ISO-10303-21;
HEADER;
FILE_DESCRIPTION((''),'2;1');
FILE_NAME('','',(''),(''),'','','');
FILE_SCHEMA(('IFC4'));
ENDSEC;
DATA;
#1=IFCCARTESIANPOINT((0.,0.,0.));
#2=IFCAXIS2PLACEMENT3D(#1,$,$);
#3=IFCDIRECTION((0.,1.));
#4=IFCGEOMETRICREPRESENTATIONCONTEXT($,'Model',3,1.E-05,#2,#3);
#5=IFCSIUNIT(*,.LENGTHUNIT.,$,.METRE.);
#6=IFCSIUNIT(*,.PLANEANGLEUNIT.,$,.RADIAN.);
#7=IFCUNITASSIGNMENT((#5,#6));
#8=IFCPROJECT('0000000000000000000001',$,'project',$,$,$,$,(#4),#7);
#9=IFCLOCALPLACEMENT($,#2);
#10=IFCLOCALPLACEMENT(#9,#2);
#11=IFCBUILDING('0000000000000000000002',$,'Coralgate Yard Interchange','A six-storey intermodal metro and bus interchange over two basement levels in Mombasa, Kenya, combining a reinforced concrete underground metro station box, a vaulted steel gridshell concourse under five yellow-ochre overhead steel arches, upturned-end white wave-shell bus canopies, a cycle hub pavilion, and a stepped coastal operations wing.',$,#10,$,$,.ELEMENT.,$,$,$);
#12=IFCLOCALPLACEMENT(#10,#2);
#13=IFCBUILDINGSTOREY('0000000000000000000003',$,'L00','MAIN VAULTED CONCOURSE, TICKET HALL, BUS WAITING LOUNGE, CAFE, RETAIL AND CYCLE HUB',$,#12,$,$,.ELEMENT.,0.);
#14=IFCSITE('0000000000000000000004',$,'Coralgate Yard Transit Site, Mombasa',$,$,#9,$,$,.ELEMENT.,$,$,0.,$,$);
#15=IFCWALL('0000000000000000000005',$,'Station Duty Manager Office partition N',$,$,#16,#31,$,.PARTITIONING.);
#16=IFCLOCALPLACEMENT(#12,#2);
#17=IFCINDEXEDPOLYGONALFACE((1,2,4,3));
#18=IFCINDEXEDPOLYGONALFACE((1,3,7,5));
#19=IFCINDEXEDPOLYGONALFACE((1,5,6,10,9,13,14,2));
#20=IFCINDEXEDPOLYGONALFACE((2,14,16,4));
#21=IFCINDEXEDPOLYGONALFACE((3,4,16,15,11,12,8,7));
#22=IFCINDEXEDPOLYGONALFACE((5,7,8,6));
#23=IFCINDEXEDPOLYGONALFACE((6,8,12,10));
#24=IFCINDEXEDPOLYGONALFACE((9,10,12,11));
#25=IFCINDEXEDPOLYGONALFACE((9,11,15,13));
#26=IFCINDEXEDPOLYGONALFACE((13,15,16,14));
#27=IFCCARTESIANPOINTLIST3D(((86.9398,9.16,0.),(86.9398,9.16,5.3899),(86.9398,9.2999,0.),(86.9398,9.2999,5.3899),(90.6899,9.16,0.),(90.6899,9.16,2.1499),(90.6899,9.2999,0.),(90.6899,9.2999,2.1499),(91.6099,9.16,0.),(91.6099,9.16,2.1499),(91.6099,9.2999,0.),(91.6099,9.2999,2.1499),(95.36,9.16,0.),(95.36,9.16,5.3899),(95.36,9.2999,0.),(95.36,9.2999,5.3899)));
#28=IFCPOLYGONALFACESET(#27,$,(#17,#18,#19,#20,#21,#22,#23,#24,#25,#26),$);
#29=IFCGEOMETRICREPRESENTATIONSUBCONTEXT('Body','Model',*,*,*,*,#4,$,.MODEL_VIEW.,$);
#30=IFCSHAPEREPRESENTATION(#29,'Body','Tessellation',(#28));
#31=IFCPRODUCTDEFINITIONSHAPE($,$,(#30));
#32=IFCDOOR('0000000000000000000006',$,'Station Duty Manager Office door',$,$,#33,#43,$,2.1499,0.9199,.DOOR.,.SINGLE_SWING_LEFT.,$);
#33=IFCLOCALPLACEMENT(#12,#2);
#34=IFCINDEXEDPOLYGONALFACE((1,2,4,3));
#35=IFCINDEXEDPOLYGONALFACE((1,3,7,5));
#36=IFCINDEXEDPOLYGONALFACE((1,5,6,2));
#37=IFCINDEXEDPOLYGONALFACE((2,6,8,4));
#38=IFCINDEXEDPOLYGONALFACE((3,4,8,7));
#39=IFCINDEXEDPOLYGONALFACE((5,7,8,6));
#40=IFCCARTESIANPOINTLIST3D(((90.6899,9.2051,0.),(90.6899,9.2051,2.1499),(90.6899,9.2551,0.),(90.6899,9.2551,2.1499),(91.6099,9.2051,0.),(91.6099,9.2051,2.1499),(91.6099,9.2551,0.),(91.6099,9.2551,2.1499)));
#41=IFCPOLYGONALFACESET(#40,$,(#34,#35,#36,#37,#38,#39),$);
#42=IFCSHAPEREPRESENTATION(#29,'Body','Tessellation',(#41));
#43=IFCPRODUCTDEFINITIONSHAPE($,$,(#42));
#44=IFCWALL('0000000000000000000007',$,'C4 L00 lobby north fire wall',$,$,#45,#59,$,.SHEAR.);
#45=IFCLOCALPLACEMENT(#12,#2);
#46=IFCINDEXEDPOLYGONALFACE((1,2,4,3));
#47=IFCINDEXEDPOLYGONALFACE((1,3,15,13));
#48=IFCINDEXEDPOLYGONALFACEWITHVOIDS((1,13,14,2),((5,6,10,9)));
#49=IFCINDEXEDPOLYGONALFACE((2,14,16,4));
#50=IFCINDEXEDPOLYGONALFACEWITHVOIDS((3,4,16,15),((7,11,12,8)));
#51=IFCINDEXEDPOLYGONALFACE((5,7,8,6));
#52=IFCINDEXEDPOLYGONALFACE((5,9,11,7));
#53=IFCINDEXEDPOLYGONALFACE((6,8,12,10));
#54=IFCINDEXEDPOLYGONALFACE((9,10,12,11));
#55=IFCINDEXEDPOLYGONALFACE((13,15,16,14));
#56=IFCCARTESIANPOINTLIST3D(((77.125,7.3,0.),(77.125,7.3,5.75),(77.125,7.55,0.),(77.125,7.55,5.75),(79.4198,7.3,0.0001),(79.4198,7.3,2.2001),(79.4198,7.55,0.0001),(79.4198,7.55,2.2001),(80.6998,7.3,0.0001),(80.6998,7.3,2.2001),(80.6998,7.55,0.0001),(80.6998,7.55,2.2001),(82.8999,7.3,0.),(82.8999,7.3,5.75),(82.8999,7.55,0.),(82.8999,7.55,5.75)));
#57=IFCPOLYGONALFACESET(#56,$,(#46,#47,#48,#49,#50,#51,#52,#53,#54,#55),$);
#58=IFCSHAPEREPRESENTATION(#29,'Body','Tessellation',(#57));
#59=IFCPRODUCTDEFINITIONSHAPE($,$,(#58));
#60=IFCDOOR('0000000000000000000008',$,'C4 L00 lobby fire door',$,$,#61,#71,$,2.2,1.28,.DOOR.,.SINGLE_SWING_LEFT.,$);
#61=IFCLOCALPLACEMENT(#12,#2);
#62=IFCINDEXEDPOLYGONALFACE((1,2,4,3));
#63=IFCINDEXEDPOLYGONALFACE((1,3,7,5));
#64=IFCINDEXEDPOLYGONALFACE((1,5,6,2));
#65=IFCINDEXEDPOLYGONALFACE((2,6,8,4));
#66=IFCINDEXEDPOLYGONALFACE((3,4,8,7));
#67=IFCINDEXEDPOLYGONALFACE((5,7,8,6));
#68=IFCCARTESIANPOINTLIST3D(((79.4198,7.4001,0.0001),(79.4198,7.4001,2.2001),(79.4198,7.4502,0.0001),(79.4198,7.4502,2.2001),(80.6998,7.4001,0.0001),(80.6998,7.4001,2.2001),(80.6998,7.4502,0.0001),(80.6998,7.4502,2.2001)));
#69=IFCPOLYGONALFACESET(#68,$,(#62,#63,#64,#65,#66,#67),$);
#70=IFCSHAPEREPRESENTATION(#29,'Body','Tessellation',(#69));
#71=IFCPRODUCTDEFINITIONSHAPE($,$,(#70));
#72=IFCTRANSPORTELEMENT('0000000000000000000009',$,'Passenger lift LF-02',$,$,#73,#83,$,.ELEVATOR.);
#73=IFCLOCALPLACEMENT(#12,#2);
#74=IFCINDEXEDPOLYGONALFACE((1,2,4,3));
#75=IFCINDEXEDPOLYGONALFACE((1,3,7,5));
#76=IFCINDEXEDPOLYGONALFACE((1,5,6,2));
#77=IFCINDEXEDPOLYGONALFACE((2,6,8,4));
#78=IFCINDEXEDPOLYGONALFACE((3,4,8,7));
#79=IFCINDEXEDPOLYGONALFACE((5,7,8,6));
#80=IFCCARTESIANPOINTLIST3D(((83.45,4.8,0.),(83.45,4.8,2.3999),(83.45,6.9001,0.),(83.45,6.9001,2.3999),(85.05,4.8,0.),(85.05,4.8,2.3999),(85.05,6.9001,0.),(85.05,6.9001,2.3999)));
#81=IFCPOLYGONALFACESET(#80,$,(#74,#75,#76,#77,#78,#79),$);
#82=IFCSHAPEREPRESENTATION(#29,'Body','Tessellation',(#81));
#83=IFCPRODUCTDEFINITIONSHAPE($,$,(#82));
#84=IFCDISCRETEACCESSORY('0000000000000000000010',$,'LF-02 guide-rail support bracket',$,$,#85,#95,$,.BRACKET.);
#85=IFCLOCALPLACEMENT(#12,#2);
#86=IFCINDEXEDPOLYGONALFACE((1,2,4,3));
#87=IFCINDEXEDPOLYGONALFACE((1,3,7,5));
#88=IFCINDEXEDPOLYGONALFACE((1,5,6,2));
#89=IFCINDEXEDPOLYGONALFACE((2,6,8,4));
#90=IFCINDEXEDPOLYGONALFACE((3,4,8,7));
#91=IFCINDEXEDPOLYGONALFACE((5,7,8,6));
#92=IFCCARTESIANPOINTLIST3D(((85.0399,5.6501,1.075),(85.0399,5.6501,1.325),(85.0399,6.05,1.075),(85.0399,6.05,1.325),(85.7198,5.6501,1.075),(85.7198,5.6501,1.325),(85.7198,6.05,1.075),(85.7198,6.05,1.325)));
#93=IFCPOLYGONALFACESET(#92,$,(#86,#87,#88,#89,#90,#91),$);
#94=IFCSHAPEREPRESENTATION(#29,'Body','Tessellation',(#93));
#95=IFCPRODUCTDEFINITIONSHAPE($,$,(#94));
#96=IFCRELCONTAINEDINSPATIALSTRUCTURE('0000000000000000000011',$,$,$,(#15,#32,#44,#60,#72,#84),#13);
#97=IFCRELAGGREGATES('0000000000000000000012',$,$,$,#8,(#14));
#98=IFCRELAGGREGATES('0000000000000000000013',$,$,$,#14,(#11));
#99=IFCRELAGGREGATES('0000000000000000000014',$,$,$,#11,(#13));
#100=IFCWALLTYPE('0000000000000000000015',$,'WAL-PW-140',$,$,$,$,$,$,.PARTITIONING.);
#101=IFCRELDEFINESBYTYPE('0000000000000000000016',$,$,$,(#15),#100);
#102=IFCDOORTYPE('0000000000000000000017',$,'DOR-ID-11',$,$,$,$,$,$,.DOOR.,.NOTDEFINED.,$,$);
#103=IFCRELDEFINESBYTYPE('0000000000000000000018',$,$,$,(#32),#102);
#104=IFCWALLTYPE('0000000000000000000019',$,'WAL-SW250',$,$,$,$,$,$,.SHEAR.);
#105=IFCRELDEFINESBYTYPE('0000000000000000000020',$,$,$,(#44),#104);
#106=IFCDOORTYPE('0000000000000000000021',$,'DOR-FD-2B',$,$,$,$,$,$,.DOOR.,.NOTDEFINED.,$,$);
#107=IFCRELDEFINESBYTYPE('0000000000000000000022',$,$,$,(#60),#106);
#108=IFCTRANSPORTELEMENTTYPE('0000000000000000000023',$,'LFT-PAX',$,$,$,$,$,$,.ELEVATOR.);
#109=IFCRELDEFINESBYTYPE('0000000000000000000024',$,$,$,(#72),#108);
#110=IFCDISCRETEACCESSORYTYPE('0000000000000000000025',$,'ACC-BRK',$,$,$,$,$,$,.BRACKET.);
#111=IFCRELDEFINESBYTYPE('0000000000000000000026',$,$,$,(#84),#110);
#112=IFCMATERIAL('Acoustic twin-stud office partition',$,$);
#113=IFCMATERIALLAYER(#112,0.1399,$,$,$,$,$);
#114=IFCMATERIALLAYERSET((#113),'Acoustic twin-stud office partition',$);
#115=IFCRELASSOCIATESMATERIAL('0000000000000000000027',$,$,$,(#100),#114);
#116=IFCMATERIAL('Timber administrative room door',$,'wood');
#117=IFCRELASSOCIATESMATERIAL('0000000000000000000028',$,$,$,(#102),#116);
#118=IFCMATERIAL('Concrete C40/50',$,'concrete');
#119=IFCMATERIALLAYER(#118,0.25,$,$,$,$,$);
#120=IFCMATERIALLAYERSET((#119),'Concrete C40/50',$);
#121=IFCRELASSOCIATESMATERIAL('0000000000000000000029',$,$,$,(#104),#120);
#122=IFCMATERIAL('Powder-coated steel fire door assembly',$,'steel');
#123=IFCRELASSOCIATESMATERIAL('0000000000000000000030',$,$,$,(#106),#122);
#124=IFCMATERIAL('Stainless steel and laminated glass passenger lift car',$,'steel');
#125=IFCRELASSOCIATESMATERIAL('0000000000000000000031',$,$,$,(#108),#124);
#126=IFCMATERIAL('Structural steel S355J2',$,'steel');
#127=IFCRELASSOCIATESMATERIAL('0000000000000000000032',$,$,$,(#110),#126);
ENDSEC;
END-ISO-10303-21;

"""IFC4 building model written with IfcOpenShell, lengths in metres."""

from ifc_helpers import new_model, si_unit, direction, frame, frame_2d, origin, origin_2d, place, context, subcontext, project, spatial, rectangle, extrude, material, layer, layer_set, type_object, element, fill, save


model = new_model("IFC4")

# Units and contexts
model_context = context("Model", 3, precision=1e-05, world=origin(), true_north=direction((0.0, 1.0)))
body_context = subcontext(model_context, "Body", "Model", "MODEL_VIEW")
ifc_project = project(units=[si_unit("LENGTHUNIT", "METRE"), si_unit("PLANEANGLEUNIT", "RADIAN")], contexts=[model_context])

# Site, building, storey
site_placement = place(None, origin())
site = spatial("IfcSite", under=ifc_project, at=site_placement, Name="Coralgate Yard Transit Site, Mombasa", CompositionType="ELEMENT", RefElevation=0.0)
building_placement = place(site_placement, origin())
building = spatial("IfcBuilding", under=site, at=building_placement, Name="Coralgate Yard Interchange", Description="A six-storey intermodal metro and bus interchange over two basement levels in Mombasa, Kenya, combining a reinforced concrete underground metro station box, a vaulted steel gridshell concourse under five yellow-ochre overhead steel arches, upturned-end white wave-shell bus canopies, a cycle hub pavilion, and a stepped coastal operations wing.", CompositionType="ELEMENT")
storey_placement = place(building_placement, origin())
storey = spatial("IfcBuildingStorey", under=building, at=storey_placement, Name="L00", Description="MAIN VAULTED CONCOURSE, TICKET HALL, BUS WAITING LOUNGE, CAFE, RETAIL AND CYCLE HUB", CompositionType="ELEMENT", Elevation=0.0)

# Shared definitions
ifc_material_1 = material(Name="Concrete C40/50", Category="concrete")

# Shared definitions
ifc_material_2 = material(Name="Structural steel S355J2", Category="steel")

# Walls, openings, doors
ifc_material_3 = material(Name="Acoustic twin-stud office partition")
ifc_layer_1 = layer(ifc_material_3, 0.1399)
ifc_layer_set_1 = layer_set([ifc_layer_1], Name="Acoustic twin-stud office partition")
wall_type_1 = type_object("IfcWallType", Name="WAL-PW-140", PredefinedType="PARTITIONING", material=ifc_layer_set_1)
wall_1_placement = place(storey_placement, frame((86.9399, 9.23, 0.0), z_axis=(0.0, 0.0, 1.0), x_axis=(1.0, 0.0, 0.0)))
wall_1 = element("IfcWall", 1, at=wall_1_placement, inside=storey, type_object=wall_type_1, Name="Station Duty Manager Office partition N", PredefinedType="PARTITIONING", context=body_context, shape_type="SweptSolid", body=[
    extrude(rectangle(XDim=8.4202, YDim=0.1399, at=frame_2d((4.21, 0.0))), origin(), (0.0, 0.0, 1.0), 5.3899),
])
opening_1_placement = place(wall_1_placement, frame((3.75, 0.0, 0.0)))
opening_1 = element("IfcOpeningElement", 2, at=opening_1_placement, cuts=wall_1, PredefinedType="OPENING", context=body_context, shape_type="SweptSolid", body=[
    extrude(rectangle(XDim=0.9199, YDim=2.1499, at=frame_2d((0.46, 1.075))), frame((0.0, 0.0798, 0.0), z_axis=(0.0, -1.0, 0.0), x_axis=(1.0, 0.0, 0.0)), (0.0, 0.0, 1.0), 0.1599),
])
ifc_material_4 = material(Name="Timber administrative room door", Category="wood")
door_type_1 = type_object("IfcDoorType", Name="DOR-ID-11", OperationType="NOTDEFINED", PredefinedType="DOOR", material=ifc_material_4)
door_1_placement = place(opening_1_placement, frame((0.9199, 0.0, 0.0), z_axis=(0.0, 0.0, 1.0), x_axis=(-1.0, 0.0, 0.0)))
door_1 = element("IfcDoor", 3, at=door_1_placement, inside=storey, type_object=door_type_1, Name="Station Duty Manager Office door", OperationType="SINGLE_SWING_LEFT", OverallHeight=2.1499, OverallWidth=0.9199, PredefinedType="DOOR", context=body_context, shape_type="SweptSolid", body=[
    extrude(rectangle(XDim=0.9199, YDim=2.1499, at=frame_2d((0.46, 1.075))), frame((0.0, 0.0249, 0.0), z_axis=(0.0, -1.0, 0.0), x_axis=(1.0, 0.0, 0.0)), (0.0, 0.0, 1.0), 0.05),
])
fill(opening_1, door_1)
ifc_layer_2 = layer(ifc_material_1, 0.25)
ifc_layer_set_2 = layer_set([ifc_layer_2], Name="Concrete C40/50")
wall_type_2 = type_object("IfcWallType", Name="WAL-SW250", PredefinedType="SHEAR", material=ifc_layer_set_2)
wall_2_placement = place(storey_placement, frame((82.8999, 7.425, 0.0), z_axis=(0.0, 0.0, 1.0), x_axis=(-1.0, 0.0, 0.0)))
wall_2 = element("IfcWall", 4, at=wall_2_placement, inside=storey, type_object=wall_type_2, Name="C4 L00 lobby north fire wall", PredefinedType="SHEAR", context=body_context, shape_type="SweptSolid", body=[
    extrude(rectangle(XDim=5.7749, YDim=0.25, at=frame_2d((2.8875, 0.0))), origin(), (0.0, 0.0, 1.0), 5.75),
])
opening_2_placement = place(wall_2_placement, frame((2.2, 0.0, 0.0)))
opening_2 = element("IfcOpeningElement", 5, at=opening_2_placement, cuts=wall_2, PredefinedType="OPENING", context=body_context, shape_type="SweptSolid", body=[
    extrude(rectangle(XDim=1.28, YDim=2.2, at=frame_2d((0.6401, 1.1001))), frame((0.0, 0.135, 0.0), z_axis=(0.0, -1.0, 0.0), x_axis=(1.0, 0.0, 0.0)), (0.0, 0.0, 1.0), 0.27),
])
ifc_material_5 = material(Name="Powder-coated steel fire door assembly", Category="steel")
door_type_2 = type_object("IfcDoorType", Name="DOR-FD-2B", OperationType="NOTDEFINED", PredefinedType="DOOR", material=ifc_material_5)
door_2_placement = place(opening_2_placement, origin())
door_2 = element("IfcDoor", 6, at=door_2_placement, inside=storey, type_object=door_type_2, Name="C4 L00 lobby fire door", OperationType="SINGLE_SWING_LEFT", OverallHeight=2.2, OverallWidth=1.28, PredefinedType="DOOR", context=body_context, shape_type="SweptSolid", body=[
    extrude(rectangle(XDim=1.28, YDim=2.2, at=frame_2d((0.6401, 1.1001))), frame((0.0, 0.0249, 0.0), z_axis=(0.0, -1.0, 0.0), x_axis=(1.0, 0.0, 0.0)), (0.0, 0.0, 1.0), 0.05),
])
fill(opening_2, door_2)

# Transport element
ifc_material_6 = material(Name="Stainless steel and laminated glass passenger lift car", Category="steel")
transport_element_type = type_object("IfcTransportElementType", Name="LFT-PAX", PredefinedType="ELEVATOR", material=ifc_material_6)
transport_element_placement = place(storey_placement, frame((84.25, 5.8501, 0.0), z_axis=(0.0, 0.0, 1.0), x_axis=(1.0, 0.0, 0.0)))
element("IfcTransportElement", 7, at=transport_element_placement, inside=storey, type_object=transport_element_type, Name="Passenger lift LF-02", PredefinedType="ELEVATOR", context=body_context, shape_type="SweptSolid", body=[
    extrude(rectangle(XDim=1.6001, YDim=2.1001, at=origin_2d()), origin(), (0.0, 0.0, 1.0), 2.3999),
])

# Discrete accessory
discrete_accessory_type = type_object("IfcDiscreteAccessoryType", Name="ACC-BRK", PredefinedType="BRACKET", material=ifc_material_2)
discrete_accessory_placement = place(storey_placement, frame((85.3799, 5.8501, 1.075), z_axis=(0.0, 0.0, 1.0), x_axis=(1.0, 0.0, 0.0)))
element("IfcDiscreteAccessory", 8, at=discrete_accessory_placement, inside=storey, type_object=discrete_accessory_type, Name="LF-02 guide-rail support bracket", PredefinedType="BRACKET", context=body_context, shape_type="SweptSolid", body=[
    extrude(rectangle(XDim=0.6799, YDim=0.3999, at=origin_2d()), origin(), (0.0, 0.0, 1.0), 0.25),
])

save(model, "model.ifc")
